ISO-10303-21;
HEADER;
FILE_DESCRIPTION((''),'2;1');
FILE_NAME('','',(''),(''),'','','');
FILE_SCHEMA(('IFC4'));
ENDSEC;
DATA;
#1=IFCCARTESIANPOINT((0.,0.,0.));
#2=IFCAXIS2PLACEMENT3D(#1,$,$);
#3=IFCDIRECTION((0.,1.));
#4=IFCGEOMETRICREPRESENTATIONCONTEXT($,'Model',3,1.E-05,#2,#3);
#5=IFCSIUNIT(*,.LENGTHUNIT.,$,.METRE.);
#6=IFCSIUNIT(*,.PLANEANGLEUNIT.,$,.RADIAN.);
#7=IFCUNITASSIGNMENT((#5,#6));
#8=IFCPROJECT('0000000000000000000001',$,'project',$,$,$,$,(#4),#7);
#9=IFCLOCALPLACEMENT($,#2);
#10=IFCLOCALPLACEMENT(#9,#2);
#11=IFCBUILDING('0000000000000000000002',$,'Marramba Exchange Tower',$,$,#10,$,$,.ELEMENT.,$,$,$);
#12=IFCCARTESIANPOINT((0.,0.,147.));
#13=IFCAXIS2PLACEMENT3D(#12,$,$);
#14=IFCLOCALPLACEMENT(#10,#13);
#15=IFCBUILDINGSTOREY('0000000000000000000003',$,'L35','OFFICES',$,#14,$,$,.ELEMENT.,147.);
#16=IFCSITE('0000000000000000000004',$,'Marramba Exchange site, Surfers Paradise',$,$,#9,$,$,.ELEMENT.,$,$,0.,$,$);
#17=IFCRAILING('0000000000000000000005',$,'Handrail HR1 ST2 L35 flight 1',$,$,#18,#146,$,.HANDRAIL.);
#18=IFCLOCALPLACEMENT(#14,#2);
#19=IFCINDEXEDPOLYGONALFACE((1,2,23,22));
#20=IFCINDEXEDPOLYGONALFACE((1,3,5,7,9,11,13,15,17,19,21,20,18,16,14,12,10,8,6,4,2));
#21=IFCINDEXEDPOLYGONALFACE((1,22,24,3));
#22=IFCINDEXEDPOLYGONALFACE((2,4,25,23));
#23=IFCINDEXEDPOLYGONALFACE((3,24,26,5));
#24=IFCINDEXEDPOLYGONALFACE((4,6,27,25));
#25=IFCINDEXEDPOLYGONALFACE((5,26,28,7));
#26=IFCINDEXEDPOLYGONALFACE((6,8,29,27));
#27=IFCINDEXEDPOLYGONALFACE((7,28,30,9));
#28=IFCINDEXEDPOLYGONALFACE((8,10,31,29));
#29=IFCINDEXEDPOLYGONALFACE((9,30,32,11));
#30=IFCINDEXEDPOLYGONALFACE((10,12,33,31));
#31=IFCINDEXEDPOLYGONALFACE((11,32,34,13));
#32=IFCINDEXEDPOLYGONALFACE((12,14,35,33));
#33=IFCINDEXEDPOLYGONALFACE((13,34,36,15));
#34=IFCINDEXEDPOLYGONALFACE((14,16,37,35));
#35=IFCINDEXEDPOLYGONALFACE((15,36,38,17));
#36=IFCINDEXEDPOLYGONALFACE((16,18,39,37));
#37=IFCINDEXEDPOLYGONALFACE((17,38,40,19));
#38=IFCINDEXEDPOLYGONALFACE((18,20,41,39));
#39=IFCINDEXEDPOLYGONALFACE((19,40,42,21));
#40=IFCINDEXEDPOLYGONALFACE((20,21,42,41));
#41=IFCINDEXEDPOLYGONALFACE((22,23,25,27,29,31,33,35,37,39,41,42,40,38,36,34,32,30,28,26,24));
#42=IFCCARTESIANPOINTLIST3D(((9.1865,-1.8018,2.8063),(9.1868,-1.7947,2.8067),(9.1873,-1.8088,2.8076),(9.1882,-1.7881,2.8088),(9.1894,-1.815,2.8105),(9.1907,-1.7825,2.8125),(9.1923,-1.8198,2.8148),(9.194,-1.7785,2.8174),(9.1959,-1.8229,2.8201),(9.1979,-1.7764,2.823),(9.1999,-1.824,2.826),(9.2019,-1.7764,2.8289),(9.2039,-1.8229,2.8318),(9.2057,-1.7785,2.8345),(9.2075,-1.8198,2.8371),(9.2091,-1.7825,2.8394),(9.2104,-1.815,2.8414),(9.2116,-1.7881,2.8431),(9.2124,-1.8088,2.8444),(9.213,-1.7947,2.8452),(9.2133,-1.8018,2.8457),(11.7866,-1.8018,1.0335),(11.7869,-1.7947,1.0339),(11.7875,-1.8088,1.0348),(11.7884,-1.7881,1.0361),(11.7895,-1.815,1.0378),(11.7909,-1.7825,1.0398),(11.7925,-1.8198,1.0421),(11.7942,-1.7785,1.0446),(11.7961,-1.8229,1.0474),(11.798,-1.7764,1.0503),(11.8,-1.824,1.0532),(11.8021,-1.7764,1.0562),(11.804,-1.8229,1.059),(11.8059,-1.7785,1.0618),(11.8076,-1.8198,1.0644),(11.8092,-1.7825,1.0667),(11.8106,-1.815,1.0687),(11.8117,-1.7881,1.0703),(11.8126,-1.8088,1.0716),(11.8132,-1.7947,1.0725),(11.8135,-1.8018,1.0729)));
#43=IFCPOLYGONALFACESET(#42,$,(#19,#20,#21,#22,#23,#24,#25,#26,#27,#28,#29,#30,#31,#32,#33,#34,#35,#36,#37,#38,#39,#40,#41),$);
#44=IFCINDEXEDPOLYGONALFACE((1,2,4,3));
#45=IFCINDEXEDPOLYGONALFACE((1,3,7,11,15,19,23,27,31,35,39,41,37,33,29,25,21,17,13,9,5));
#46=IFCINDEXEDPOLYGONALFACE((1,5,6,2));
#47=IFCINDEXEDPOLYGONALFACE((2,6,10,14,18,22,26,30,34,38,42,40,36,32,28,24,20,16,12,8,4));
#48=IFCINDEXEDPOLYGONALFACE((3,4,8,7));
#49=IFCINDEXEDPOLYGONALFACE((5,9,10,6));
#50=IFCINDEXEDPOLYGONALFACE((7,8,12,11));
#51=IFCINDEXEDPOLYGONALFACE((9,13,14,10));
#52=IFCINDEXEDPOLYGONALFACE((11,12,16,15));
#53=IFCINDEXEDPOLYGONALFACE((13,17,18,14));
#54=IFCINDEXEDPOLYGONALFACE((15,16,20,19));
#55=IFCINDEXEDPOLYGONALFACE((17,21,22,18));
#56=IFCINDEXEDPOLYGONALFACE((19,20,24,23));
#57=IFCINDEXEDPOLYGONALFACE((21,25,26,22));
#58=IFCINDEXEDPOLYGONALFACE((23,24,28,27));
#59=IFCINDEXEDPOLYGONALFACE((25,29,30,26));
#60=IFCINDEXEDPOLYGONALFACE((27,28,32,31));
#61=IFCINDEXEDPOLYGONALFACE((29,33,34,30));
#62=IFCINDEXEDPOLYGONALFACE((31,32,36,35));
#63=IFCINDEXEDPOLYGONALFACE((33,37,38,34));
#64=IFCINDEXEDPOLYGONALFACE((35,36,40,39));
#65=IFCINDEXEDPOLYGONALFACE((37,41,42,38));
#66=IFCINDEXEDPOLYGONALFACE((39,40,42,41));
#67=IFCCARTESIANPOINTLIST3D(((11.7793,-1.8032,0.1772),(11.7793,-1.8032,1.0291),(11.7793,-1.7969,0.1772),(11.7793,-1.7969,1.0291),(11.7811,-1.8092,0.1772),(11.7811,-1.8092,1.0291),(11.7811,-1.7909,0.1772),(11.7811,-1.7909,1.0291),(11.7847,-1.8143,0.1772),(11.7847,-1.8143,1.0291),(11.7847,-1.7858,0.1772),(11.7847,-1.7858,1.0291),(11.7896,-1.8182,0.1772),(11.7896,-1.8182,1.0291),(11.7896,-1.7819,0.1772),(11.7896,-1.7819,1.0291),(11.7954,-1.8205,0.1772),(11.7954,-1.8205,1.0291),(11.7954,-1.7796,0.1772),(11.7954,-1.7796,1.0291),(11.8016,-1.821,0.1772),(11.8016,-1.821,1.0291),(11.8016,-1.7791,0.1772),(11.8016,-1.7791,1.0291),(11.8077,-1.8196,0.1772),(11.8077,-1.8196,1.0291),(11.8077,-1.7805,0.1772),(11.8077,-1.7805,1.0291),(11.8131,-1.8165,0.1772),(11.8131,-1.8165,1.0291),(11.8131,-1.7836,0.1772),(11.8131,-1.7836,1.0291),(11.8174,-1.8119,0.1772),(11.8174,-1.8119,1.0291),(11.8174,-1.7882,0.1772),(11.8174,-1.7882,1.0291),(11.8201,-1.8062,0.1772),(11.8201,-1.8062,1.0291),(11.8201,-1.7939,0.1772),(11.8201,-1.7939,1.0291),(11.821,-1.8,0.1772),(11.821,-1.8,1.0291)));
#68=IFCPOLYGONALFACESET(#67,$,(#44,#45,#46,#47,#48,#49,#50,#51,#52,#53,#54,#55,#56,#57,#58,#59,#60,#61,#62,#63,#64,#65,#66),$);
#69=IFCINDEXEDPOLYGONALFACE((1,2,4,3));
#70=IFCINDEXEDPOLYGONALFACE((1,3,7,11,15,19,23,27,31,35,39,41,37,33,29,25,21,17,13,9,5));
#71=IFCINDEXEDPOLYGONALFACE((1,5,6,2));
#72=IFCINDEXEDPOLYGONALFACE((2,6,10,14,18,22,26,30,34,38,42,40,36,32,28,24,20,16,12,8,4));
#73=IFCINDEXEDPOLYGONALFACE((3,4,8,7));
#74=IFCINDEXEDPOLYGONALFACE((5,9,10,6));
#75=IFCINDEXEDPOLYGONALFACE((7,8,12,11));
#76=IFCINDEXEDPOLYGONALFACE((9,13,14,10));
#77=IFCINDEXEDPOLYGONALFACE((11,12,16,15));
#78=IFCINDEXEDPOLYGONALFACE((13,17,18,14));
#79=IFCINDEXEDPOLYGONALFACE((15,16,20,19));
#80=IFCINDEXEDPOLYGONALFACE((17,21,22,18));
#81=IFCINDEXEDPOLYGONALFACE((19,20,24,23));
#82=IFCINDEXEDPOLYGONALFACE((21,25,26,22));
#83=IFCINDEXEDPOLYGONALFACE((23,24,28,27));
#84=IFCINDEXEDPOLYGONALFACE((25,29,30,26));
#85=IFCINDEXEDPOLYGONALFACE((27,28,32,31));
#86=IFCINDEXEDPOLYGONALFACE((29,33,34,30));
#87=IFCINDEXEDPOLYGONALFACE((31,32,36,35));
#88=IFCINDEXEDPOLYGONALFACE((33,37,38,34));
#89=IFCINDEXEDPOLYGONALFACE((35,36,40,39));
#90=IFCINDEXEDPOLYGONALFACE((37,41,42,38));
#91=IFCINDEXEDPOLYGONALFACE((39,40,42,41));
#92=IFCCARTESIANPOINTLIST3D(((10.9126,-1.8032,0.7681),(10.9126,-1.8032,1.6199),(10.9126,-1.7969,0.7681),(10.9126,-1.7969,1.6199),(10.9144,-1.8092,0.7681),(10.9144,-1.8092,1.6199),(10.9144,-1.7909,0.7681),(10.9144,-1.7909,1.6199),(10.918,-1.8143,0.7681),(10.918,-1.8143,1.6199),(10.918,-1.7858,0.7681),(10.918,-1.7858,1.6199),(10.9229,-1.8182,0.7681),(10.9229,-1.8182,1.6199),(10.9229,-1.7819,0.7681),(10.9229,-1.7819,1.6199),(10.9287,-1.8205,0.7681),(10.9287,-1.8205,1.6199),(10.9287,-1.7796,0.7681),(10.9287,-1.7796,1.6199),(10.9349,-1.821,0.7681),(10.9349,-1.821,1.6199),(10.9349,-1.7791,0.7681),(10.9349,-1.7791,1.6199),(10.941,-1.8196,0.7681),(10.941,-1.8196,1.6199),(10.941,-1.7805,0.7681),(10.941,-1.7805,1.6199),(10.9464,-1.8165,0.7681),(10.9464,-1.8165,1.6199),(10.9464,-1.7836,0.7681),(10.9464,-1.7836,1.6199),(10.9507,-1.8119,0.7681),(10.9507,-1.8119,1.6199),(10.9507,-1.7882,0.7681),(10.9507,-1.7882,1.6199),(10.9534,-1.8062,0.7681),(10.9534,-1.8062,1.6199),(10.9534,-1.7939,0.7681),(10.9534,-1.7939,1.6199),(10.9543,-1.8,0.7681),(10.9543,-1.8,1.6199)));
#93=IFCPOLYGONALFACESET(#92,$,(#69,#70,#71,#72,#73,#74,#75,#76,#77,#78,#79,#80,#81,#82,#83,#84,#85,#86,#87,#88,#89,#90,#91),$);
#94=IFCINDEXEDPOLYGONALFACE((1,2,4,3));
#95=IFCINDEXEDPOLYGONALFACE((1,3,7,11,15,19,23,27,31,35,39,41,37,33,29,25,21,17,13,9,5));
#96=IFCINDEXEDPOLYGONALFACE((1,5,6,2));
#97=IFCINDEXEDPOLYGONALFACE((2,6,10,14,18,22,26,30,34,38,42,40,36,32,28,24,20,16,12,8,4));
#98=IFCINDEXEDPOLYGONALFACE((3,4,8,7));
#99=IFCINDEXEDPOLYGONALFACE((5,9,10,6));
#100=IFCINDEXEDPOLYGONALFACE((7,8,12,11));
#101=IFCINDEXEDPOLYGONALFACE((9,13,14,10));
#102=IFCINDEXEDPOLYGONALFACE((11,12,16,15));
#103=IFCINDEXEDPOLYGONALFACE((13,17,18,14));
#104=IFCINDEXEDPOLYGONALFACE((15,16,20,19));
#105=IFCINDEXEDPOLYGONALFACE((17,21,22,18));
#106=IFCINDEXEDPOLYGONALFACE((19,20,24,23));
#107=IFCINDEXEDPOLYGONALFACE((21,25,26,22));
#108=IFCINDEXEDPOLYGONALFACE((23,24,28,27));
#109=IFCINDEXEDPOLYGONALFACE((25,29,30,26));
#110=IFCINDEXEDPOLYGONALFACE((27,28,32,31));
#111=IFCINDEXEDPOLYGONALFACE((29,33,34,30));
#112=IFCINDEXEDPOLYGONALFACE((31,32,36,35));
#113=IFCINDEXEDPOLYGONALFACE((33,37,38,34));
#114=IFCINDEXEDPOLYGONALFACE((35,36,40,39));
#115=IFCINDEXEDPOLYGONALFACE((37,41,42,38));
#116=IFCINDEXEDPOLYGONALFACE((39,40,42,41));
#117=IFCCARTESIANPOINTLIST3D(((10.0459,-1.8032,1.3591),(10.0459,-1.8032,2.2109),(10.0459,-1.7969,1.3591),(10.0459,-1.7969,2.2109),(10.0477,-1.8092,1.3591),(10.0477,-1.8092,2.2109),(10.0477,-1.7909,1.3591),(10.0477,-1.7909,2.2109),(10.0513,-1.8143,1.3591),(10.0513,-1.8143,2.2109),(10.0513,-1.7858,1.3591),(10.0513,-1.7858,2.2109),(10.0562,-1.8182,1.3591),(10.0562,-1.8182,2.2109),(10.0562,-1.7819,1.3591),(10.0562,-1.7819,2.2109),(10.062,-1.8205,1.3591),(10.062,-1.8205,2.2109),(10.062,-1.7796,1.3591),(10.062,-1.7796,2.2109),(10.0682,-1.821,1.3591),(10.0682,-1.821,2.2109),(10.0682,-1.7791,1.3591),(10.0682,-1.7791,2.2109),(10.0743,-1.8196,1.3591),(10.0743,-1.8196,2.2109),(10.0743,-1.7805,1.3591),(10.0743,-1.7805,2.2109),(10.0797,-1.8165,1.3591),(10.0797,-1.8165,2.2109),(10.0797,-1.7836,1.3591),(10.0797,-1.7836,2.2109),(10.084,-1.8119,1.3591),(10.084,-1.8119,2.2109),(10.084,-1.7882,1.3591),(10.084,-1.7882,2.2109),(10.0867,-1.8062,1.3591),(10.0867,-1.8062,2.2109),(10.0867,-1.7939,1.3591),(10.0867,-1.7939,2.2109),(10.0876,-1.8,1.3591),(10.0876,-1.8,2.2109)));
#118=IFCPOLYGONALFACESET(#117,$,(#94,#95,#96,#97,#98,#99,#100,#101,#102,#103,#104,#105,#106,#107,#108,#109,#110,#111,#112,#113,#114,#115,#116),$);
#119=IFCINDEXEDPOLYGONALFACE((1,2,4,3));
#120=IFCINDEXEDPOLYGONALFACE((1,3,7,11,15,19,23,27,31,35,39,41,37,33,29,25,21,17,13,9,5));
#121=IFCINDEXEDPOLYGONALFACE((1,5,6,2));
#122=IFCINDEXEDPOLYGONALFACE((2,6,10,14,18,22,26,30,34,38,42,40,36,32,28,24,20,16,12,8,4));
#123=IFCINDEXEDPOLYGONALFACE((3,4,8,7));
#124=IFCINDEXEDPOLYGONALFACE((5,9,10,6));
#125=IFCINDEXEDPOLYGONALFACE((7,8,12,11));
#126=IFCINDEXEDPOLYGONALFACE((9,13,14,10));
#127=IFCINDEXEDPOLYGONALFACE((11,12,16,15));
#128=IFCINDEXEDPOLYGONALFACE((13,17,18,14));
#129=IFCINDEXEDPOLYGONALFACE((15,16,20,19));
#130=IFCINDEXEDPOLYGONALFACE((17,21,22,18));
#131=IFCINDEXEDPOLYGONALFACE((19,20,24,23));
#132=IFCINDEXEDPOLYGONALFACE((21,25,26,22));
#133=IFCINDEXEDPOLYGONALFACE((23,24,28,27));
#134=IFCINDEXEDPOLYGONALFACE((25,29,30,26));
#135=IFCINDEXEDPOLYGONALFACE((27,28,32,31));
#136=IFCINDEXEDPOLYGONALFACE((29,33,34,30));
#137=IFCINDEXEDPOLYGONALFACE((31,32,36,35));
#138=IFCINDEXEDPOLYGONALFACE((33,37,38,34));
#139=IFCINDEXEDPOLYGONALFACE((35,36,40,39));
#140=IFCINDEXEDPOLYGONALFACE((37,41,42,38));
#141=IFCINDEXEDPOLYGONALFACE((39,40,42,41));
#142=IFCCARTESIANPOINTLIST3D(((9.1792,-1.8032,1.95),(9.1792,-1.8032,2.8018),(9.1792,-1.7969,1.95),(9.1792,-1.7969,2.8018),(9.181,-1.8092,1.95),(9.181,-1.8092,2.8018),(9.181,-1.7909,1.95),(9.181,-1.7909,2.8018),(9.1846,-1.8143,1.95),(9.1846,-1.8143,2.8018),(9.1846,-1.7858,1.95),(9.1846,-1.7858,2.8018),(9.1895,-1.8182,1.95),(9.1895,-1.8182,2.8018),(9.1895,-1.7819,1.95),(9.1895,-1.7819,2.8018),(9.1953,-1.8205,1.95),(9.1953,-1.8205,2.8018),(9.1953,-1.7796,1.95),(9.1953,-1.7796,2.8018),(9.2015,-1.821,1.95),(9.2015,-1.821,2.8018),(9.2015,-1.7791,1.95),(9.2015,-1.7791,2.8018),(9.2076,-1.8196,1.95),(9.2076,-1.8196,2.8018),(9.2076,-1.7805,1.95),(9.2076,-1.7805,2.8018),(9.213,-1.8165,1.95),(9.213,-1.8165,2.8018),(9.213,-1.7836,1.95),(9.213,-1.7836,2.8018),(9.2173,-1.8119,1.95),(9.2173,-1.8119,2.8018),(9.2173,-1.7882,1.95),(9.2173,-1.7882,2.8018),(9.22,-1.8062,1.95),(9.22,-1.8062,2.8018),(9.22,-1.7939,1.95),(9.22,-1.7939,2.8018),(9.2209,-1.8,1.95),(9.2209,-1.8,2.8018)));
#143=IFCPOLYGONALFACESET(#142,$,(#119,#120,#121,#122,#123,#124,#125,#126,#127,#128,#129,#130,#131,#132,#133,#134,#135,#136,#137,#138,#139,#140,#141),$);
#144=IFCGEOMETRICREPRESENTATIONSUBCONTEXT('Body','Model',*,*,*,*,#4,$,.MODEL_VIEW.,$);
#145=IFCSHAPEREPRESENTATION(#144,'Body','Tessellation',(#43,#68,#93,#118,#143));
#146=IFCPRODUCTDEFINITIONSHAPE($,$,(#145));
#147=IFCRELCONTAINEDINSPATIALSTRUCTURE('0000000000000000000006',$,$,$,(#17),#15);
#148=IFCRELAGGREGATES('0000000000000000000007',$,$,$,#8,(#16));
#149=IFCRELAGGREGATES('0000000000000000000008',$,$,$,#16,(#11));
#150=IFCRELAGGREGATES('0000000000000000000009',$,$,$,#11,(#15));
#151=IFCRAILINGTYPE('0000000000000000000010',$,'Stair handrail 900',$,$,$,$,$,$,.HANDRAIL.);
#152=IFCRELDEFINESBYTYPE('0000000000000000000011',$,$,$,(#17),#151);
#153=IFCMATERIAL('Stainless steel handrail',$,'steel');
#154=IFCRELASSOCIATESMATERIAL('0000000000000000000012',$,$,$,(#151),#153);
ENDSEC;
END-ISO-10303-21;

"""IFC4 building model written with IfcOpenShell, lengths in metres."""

from ifc_helpers import new_model, si_unit, direction, frame, origin, origin_2d, place, context, subcontext, project, spatial, circle, extrude, material, type_object, element, save


model = new_model("IFC4")

# Units and contexts
model_context = context("Model", 3, precision=1e-05, world=origin(), true_north=direction((0.0, 1.0)))
body_context = subcontext(model_context, "Body", "Model", "MODEL_VIEW")
ifc_project = project(units=[si_unit("LENGTHUNIT", "METRE"), si_unit("PLANEANGLEUNIT", "RADIAN")], contexts=[model_context])

# Site, building, storey
site_placement = place(None, origin())
site = spatial("IfcSite", under=ifc_project, at=site_placement, Name="Marramba Exchange site, Surfers Paradise", CompositionType="ELEMENT", RefElevation=0.0)
building_placement = place(site_placement, origin())
building = spatial("IfcBuilding", under=site, at=building_placement, Name="Marramba Exchange Tower", CompositionType="ELEMENT")
storey_placement = place(building_placement, frame((0.0, 0.0, 147.0)))
storey = spatial("IfcBuildingStorey", under=building, at=storey_placement, Name="L35", Description="OFFICES", CompositionType="ELEMENT", Elevation=147.0)

# Railing
ifc_material_1 = material(Name="Stainless steel handrail", Category="steel")
railing_type = type_object("IfcRailingType", Name="Stair handrail 900", PredefinedType="HANDRAIL", material=ifc_material_1)
railing_placement = place(storey_placement, frame((11.8, -1.8, 0.1772)))
element("IfcRailing", 1, at=railing_placement, inside=storey, type_object=railing_type, Name="Handrail HR1 ST2 L35 flight 1", PredefinedType="HANDRAIL", context=body_context, shape_type="SweptSolid", body=[
    extrude(circle(Radius=0.0239, at=origin_2d()), frame((0.0, 0.0, 0.876), z_axis=(-0.82624, 0.0, 0.563318), x_axis=(0.0, -1.0, 0.0)), (0.0, 0.0, 1.0), 3.147),
    extrude(circle(Radius=0.021, at=origin_2d()), origin(), (0.0, 0.0, 1.0), 0.8518),
    extrude(circle(Radius=0.021, at=origin_2d()), frame((-0.8667, 0.0, 0.5908)), (0.0, 0.0, 1.0), 0.8518),
    extrude(circle(Radius=0.021, at=origin_2d()), frame((-1.7334, 0.0, 1.1819)), (0.0, 0.0, 1.0), 0.8518),
    extrude(circle(Radius=0.021, at=origin_2d()), frame((-2.6001, 0.0, 1.7727)), (0.0, 0.0, 1.0), 0.8518),
])

save(model, "model.ifc")
